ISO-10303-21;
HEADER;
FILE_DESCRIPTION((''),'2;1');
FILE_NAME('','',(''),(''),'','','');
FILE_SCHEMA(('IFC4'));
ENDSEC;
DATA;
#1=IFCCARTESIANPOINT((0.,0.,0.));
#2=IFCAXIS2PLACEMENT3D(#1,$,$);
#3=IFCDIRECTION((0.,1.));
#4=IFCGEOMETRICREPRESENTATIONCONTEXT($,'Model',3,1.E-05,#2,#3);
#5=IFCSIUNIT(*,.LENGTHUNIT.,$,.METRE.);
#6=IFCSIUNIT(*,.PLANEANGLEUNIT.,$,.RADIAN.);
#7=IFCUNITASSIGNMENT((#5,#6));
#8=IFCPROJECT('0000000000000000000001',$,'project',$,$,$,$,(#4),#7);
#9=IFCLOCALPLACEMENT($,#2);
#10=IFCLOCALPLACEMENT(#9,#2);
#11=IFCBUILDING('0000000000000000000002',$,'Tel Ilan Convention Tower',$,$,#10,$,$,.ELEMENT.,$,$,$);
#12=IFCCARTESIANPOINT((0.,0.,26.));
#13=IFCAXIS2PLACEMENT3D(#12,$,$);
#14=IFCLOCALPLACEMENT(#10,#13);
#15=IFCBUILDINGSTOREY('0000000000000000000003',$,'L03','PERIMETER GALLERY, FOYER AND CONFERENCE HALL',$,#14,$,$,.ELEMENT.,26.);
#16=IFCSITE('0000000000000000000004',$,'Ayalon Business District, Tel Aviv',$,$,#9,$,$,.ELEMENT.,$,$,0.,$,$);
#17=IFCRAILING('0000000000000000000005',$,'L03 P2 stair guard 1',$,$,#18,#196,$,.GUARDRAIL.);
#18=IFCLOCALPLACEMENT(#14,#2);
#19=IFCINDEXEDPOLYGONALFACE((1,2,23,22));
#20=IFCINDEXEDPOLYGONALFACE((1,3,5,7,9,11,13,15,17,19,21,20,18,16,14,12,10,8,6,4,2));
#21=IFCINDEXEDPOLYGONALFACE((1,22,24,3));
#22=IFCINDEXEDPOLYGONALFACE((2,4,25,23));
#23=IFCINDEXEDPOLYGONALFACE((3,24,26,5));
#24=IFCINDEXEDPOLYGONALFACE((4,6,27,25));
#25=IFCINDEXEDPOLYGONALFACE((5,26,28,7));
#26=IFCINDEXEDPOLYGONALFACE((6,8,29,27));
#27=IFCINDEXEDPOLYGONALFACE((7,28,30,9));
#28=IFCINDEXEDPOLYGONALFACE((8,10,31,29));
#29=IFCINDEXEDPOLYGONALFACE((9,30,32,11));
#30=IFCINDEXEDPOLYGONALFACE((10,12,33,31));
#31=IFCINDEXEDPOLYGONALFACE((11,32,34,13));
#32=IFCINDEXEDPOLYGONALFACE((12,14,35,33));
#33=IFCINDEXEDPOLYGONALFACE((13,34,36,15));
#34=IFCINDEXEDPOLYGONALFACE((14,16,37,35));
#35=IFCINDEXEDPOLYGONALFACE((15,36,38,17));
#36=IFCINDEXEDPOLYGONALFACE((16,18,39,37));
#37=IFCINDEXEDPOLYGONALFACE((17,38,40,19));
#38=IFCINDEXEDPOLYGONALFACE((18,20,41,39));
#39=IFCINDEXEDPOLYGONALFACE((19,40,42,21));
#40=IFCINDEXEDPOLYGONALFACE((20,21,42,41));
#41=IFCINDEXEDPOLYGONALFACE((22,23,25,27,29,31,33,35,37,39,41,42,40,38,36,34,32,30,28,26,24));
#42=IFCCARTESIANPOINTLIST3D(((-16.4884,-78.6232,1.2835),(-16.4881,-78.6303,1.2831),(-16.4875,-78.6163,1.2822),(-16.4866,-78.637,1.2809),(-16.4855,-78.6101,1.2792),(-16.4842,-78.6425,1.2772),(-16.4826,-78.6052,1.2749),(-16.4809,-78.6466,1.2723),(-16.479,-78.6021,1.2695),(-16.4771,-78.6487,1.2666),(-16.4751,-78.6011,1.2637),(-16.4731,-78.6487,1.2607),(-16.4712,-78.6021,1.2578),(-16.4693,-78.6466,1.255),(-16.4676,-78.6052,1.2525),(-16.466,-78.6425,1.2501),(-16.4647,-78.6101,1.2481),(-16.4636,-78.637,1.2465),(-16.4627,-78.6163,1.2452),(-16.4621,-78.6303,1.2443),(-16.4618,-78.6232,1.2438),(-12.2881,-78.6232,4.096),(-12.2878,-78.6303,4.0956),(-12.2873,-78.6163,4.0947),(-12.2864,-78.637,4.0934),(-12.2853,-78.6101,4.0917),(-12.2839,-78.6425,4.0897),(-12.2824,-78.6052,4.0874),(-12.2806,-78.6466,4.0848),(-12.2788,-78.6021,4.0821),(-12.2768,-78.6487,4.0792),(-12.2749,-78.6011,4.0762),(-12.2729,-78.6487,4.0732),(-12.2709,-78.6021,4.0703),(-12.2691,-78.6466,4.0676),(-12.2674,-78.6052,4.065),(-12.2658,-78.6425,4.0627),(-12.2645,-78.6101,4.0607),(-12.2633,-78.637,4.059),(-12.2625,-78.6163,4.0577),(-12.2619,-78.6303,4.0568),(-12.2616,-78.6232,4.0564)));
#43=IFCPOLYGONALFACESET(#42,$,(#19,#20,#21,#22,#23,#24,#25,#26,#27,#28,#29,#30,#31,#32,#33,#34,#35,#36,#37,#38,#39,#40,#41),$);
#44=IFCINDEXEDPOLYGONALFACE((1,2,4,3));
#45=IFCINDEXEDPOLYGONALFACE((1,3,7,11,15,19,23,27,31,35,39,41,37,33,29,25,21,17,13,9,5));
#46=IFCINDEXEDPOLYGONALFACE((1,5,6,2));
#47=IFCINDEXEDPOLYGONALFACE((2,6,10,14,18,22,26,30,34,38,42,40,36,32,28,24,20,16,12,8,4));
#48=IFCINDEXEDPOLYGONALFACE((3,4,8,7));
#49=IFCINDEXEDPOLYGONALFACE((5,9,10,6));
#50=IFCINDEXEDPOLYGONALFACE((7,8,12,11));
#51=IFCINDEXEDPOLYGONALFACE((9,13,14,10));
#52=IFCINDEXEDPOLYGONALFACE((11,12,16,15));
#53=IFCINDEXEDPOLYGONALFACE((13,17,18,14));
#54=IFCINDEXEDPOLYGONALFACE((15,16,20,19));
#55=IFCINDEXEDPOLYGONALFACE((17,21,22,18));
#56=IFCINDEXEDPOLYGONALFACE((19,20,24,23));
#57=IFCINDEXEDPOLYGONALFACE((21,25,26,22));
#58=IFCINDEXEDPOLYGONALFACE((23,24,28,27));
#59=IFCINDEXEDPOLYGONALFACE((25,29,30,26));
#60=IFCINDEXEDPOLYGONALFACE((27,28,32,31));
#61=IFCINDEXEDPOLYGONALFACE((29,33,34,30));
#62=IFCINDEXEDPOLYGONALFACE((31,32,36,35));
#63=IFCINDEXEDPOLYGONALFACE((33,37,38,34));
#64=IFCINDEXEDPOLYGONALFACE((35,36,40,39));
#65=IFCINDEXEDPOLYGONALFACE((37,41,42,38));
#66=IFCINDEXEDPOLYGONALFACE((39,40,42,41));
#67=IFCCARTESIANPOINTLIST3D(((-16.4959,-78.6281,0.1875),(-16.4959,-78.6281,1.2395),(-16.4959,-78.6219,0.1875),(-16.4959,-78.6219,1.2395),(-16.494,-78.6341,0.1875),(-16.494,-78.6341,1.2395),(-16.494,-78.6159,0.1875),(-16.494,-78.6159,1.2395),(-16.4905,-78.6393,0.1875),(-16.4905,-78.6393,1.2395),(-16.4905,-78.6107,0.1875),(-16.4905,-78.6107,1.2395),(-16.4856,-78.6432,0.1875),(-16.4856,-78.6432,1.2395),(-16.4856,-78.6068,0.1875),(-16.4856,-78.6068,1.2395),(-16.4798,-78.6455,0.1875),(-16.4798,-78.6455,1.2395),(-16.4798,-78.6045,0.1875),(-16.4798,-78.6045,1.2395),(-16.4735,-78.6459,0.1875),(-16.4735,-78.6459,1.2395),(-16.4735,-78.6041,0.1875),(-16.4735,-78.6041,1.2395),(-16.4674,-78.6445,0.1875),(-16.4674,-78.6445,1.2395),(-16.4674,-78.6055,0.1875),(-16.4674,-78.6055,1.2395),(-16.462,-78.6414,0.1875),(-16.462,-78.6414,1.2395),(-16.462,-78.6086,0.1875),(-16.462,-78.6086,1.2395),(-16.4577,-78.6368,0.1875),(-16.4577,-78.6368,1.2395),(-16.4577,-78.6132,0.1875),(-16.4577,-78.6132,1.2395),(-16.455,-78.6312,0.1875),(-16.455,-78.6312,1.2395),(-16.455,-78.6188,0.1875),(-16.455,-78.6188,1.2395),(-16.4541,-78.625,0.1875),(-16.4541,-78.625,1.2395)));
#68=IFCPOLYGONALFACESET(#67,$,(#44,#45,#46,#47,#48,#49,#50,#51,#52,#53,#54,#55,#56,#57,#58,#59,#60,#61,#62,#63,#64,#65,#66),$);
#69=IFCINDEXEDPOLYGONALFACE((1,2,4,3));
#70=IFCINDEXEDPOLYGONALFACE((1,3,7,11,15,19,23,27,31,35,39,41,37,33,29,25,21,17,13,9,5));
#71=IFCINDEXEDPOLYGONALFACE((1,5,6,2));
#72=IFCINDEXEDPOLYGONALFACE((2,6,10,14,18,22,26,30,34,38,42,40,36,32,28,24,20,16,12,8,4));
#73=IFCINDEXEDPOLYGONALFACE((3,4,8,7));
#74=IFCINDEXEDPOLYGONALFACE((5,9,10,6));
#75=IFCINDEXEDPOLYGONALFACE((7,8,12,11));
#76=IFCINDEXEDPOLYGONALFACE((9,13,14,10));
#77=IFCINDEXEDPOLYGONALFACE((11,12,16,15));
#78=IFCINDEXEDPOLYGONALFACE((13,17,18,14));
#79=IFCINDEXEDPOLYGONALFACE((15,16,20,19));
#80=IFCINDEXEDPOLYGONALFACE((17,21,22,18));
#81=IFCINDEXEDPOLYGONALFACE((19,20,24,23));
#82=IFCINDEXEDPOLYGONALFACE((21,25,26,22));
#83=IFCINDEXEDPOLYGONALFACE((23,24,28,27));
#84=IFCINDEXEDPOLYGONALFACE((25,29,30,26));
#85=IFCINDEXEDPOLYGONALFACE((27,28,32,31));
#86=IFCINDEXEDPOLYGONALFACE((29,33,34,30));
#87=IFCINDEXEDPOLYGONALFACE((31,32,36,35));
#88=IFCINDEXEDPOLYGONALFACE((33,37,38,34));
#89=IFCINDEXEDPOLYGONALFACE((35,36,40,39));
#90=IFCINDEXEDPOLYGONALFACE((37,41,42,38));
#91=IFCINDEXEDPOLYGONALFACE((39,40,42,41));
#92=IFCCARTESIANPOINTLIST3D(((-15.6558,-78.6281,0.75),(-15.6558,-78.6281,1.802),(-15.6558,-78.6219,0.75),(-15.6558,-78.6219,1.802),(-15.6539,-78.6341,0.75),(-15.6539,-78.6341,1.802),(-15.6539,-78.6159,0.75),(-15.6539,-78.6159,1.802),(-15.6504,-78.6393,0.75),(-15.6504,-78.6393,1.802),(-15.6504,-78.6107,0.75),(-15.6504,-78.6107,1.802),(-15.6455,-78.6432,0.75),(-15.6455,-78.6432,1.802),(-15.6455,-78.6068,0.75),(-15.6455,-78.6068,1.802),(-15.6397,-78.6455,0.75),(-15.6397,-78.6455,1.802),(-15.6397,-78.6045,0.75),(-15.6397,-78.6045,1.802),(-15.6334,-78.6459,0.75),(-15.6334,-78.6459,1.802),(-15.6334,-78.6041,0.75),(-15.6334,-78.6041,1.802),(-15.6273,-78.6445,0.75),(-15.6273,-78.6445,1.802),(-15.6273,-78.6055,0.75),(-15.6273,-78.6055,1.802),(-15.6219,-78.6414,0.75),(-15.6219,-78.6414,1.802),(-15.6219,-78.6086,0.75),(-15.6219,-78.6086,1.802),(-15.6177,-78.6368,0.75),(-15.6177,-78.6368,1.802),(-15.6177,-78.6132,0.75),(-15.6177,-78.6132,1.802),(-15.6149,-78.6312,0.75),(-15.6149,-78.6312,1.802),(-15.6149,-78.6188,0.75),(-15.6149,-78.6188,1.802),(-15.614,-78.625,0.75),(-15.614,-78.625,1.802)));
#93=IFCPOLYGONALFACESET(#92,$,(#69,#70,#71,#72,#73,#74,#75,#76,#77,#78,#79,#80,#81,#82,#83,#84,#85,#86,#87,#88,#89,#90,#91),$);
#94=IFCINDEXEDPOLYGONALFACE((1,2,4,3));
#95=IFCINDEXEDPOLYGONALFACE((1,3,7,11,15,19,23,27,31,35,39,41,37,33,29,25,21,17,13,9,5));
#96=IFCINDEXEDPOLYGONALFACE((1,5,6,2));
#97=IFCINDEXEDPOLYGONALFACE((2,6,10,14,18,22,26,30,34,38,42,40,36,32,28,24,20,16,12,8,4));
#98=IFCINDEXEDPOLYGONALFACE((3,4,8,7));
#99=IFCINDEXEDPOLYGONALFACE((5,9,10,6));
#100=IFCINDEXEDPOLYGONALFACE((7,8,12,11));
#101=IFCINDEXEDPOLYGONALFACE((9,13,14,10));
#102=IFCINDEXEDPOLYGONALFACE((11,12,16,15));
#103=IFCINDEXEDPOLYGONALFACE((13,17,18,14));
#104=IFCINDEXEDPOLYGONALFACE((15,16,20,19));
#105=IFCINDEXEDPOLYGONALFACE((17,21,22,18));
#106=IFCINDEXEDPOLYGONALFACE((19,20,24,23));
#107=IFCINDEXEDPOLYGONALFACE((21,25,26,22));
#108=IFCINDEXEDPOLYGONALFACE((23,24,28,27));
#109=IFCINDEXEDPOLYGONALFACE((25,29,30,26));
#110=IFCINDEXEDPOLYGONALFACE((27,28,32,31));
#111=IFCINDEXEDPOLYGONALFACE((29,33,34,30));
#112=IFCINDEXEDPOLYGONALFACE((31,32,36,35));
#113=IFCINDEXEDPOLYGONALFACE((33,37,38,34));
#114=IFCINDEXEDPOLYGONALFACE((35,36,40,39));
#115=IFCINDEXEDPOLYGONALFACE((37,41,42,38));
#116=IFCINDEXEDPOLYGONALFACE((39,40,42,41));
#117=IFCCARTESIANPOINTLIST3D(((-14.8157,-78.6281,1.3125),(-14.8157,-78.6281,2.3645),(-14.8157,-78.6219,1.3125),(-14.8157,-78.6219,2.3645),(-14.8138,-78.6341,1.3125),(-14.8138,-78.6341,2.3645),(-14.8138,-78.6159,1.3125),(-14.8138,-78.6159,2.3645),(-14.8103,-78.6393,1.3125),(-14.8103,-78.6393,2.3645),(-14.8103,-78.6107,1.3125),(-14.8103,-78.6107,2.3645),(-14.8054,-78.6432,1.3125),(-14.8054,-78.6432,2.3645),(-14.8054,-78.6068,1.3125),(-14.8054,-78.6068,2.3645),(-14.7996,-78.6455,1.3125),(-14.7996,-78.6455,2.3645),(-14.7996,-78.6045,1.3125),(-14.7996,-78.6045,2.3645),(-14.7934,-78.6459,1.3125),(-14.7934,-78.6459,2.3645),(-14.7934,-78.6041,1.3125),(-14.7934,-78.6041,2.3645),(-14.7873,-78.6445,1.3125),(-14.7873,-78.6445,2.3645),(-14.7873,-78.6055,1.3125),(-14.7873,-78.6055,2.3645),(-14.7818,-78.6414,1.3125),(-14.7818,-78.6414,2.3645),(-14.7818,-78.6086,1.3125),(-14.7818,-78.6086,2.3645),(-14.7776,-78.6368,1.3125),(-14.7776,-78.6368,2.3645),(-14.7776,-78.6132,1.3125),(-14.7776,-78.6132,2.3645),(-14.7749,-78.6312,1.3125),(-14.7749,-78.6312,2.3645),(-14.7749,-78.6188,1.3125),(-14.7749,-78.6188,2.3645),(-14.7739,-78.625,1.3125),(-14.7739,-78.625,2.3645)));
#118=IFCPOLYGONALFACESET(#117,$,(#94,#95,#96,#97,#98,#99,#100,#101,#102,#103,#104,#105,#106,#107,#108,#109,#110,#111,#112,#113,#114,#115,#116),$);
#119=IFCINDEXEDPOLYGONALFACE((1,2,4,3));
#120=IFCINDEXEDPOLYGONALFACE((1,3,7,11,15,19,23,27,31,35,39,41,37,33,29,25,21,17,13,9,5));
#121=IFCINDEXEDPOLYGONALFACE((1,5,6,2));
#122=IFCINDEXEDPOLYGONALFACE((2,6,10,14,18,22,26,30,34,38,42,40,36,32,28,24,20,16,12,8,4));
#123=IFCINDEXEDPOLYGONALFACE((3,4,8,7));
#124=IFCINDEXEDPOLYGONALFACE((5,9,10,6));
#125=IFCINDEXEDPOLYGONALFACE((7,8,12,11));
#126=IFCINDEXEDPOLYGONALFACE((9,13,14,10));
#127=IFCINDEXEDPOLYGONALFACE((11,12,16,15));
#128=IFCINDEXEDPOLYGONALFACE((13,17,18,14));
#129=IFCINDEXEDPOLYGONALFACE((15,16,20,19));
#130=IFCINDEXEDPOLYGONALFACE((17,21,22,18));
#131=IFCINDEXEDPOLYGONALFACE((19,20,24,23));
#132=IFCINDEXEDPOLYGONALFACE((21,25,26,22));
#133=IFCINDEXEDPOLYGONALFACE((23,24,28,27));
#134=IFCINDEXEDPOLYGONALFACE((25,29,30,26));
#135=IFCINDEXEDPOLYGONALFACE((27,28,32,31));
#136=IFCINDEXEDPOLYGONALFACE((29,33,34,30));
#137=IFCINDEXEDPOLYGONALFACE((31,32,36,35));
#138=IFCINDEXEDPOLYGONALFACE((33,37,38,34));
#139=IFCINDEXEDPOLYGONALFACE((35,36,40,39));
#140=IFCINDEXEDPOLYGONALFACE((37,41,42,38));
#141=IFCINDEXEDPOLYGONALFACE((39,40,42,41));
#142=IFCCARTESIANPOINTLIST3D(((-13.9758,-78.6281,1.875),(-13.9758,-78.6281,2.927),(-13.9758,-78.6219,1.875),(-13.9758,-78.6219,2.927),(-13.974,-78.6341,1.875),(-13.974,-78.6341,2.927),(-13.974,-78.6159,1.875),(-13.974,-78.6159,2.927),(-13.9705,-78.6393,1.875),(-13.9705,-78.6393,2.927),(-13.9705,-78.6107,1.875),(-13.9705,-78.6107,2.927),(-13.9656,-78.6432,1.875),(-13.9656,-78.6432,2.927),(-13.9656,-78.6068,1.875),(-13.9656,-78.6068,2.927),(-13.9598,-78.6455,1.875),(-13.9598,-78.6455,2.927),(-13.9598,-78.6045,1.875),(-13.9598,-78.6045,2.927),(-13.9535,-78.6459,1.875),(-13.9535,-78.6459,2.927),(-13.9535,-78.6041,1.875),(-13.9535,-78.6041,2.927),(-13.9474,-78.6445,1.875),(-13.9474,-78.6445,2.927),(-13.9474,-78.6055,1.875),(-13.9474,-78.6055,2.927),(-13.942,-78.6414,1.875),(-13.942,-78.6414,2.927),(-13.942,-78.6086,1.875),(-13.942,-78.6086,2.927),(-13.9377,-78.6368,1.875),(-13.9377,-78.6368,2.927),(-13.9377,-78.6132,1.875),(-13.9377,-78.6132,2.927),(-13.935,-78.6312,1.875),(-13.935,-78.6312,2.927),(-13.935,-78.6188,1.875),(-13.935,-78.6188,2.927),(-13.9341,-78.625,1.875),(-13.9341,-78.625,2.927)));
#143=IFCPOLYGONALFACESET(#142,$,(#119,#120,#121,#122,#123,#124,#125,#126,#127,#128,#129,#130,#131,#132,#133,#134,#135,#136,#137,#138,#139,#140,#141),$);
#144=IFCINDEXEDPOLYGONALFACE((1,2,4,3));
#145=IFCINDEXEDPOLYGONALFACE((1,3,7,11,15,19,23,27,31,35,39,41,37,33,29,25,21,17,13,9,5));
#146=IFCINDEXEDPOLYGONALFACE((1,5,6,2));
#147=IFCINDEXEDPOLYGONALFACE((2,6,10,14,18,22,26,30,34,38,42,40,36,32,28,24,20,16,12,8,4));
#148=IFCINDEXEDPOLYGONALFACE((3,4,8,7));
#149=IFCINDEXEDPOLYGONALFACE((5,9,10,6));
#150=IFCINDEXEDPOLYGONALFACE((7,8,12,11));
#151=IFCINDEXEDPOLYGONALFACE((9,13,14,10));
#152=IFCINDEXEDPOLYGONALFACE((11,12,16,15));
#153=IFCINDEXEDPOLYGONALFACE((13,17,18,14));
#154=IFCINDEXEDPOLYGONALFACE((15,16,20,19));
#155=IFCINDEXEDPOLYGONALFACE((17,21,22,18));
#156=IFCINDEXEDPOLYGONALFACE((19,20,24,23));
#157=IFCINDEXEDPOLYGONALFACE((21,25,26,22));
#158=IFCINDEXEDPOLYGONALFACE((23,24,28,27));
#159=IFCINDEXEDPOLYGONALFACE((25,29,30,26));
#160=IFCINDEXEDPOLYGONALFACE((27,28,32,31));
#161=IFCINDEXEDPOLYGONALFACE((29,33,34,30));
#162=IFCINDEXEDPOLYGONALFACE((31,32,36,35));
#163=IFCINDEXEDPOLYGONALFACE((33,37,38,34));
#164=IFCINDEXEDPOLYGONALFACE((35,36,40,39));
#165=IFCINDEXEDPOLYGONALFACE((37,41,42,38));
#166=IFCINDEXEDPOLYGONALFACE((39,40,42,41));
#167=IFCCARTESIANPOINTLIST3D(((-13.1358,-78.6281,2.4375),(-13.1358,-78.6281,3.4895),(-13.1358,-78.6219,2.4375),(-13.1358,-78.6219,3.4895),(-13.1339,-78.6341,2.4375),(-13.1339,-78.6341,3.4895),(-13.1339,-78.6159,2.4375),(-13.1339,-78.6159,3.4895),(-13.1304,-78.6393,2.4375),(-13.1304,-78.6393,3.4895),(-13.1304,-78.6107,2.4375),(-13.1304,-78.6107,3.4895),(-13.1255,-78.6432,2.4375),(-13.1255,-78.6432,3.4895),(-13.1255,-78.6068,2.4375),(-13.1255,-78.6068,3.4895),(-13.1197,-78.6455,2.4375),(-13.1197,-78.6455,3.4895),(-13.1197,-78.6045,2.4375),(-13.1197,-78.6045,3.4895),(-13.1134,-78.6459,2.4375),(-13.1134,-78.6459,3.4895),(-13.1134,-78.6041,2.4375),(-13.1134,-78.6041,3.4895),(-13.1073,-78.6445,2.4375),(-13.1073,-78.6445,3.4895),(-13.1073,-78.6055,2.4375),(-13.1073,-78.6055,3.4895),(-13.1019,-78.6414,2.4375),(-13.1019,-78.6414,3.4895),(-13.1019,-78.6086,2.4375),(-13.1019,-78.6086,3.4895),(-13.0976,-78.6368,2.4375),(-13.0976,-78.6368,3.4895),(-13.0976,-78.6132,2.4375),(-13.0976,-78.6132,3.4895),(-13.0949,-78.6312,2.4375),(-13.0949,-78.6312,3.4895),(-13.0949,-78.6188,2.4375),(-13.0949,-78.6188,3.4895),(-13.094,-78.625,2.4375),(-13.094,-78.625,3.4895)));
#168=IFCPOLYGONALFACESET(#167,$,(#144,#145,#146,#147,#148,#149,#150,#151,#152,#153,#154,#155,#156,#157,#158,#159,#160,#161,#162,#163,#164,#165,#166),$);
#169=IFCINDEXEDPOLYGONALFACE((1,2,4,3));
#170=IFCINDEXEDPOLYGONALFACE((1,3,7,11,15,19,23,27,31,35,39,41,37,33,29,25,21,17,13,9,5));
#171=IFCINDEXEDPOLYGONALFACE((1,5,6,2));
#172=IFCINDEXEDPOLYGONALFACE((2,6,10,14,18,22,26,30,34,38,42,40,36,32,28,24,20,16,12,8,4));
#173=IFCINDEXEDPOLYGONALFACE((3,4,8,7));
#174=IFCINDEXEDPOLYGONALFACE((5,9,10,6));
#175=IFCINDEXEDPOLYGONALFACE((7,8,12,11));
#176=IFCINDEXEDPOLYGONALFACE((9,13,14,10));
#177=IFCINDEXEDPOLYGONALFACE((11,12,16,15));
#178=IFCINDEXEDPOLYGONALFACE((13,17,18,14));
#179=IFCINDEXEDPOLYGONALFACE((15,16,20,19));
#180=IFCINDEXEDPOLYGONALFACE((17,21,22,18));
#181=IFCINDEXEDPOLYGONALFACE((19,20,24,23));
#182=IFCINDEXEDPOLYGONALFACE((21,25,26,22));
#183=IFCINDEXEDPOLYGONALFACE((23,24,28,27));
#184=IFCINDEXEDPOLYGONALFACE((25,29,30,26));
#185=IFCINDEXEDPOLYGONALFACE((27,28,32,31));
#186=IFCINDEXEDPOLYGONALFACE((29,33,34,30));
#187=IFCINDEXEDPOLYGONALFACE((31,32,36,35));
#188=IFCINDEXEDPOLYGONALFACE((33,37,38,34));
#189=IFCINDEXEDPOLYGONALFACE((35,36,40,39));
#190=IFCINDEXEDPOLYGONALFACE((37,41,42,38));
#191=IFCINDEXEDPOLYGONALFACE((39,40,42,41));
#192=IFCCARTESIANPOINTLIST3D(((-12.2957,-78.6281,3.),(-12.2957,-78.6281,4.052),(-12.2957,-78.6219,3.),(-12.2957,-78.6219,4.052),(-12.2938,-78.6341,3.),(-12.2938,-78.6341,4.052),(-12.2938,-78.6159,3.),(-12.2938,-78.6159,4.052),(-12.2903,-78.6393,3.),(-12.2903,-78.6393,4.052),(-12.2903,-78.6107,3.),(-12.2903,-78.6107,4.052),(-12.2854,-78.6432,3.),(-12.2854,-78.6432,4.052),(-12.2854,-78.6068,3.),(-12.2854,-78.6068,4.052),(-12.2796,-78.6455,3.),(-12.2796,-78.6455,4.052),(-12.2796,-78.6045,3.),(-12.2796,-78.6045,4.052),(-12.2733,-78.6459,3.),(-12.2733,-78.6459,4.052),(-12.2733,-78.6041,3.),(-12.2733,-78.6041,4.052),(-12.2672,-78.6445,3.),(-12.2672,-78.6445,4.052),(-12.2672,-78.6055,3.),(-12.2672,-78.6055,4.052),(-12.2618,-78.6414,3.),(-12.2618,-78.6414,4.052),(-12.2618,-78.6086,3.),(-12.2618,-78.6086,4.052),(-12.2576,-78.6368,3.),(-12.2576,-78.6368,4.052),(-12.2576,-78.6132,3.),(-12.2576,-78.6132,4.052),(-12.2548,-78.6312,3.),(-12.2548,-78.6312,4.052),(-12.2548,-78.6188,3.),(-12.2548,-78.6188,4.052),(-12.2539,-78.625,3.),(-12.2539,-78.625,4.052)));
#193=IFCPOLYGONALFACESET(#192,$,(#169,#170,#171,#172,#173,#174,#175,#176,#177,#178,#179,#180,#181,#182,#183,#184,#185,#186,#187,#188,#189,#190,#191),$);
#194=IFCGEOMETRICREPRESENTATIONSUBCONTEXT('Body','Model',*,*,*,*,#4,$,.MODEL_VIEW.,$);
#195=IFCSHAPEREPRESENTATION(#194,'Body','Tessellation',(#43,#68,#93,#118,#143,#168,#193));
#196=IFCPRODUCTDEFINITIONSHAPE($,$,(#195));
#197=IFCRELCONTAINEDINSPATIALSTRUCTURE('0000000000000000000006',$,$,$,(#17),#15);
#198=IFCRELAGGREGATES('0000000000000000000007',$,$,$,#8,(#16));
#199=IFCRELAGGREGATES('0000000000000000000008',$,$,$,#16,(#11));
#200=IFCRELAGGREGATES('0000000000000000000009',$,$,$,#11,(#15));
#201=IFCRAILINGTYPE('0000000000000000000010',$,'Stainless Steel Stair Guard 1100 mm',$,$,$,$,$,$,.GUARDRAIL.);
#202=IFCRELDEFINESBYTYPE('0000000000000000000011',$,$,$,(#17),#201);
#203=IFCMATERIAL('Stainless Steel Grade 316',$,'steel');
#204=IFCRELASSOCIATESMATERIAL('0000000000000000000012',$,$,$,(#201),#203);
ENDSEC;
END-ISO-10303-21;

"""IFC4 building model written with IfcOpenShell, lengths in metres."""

from ifc_helpers import new_model, si_unit, direction, frame, origin, origin_2d, place, context, subcontext, project, spatial, circle, extrude, material, type_object, element, save


model = new_model("IFC4")

# Units and contexts
model_context = context("Model", 3, precision=1e-05, world=origin(), true_north=direction((0.0, 1.0)))
body_context = subcontext(model_context, "Body", "Model", "MODEL_VIEW")
ifc_project = project(units=[si_unit("LENGTHUNIT", "METRE"), si_unit("PLANEANGLEUNIT", "RADIAN")], contexts=[model_context])

# Site, building, storey
site_placement = place(None, origin())
site = spatial("IfcSite", under=ifc_project, at=site_placement, Name="Ayalon Business District, Tel Aviv", CompositionType="ELEMENT", RefElevation=0.0)
building_placement = place(site_placement, origin())
building = spatial("IfcBuilding", under=site, at=building_placement, Name="Tel Ilan Convention Tower", CompositionType="ELEMENT")
storey_placement = place(building_placement, frame((0.0, 0.0, 26.0)))
storey = spatial("IfcBuildingStorey", under=building, at=storey_placement, Name="L03", Description="PERIMETER GALLERY, FOYER AND CONFERENCE HALL", CompositionType="ELEMENT", Elevation=26.0)

# Railing
ifc_material_1 = material(Name="Stainless Steel Grade 316", Category="steel")
railing_type_1 = type_object("IfcRailingType", Name="Stainless Steel Stair Guard 1100 mm", PredefinedType="GUARDRAIL", material=ifc_material_1)
railing_1_placement = place(storey_placement, frame((-16.4751, -78.625, 0.1875)))
element("IfcRailing", 1, at=railing_1_placement, inside=storey, type_object=railing_type_1, Name="L03 P2 stair guard 1", PredefinedType="GUARDRAIL", context=body_context, shape_type="SweptSolid", body=[
    extrude(circle(Radius=0.0239, at=origin_2d()), frame((0.0, 0.0, 1.0762), z_axis=(0.830919, 0.0, 0.556393), x_axis=(0.0, 1.0, 0.0)), (0.0, 0.0, 1.0), 5.0549),
    extrude(circle(Radius=0.021, at=origin_2d()), origin(), (0.0, 0.0, 1.0), 1.052),
    extrude(circle(Radius=0.021, at=origin_2d()), frame((0.8401, 0.0, 0.5625)), (0.0, 0.0, 1.0), 1.052),
    extrude(circle(Radius=0.021, at=origin_2d()), frame((1.6802, 0.0, 1.125)), (0.0, 0.0, 1.0), 1.052),
    extrude(circle(Radius=0.021, at=origin_2d()), frame((2.52, 0.0, 1.6875)), (0.0, 0.0, 1.0), 1.052),
    extrude(circle(Radius=0.021, at=origin_2d()), frame((3.3601, 0.0, 2.25)), (0.0, 0.0, 1.0), 1.052),
    extrude(circle(Radius=0.021, at=origin_2d()), frame((4.2002, 0.0, 2.8125)), (0.0, 0.0, 1.0), 1.052),
])

save(model, "model.ifc")
